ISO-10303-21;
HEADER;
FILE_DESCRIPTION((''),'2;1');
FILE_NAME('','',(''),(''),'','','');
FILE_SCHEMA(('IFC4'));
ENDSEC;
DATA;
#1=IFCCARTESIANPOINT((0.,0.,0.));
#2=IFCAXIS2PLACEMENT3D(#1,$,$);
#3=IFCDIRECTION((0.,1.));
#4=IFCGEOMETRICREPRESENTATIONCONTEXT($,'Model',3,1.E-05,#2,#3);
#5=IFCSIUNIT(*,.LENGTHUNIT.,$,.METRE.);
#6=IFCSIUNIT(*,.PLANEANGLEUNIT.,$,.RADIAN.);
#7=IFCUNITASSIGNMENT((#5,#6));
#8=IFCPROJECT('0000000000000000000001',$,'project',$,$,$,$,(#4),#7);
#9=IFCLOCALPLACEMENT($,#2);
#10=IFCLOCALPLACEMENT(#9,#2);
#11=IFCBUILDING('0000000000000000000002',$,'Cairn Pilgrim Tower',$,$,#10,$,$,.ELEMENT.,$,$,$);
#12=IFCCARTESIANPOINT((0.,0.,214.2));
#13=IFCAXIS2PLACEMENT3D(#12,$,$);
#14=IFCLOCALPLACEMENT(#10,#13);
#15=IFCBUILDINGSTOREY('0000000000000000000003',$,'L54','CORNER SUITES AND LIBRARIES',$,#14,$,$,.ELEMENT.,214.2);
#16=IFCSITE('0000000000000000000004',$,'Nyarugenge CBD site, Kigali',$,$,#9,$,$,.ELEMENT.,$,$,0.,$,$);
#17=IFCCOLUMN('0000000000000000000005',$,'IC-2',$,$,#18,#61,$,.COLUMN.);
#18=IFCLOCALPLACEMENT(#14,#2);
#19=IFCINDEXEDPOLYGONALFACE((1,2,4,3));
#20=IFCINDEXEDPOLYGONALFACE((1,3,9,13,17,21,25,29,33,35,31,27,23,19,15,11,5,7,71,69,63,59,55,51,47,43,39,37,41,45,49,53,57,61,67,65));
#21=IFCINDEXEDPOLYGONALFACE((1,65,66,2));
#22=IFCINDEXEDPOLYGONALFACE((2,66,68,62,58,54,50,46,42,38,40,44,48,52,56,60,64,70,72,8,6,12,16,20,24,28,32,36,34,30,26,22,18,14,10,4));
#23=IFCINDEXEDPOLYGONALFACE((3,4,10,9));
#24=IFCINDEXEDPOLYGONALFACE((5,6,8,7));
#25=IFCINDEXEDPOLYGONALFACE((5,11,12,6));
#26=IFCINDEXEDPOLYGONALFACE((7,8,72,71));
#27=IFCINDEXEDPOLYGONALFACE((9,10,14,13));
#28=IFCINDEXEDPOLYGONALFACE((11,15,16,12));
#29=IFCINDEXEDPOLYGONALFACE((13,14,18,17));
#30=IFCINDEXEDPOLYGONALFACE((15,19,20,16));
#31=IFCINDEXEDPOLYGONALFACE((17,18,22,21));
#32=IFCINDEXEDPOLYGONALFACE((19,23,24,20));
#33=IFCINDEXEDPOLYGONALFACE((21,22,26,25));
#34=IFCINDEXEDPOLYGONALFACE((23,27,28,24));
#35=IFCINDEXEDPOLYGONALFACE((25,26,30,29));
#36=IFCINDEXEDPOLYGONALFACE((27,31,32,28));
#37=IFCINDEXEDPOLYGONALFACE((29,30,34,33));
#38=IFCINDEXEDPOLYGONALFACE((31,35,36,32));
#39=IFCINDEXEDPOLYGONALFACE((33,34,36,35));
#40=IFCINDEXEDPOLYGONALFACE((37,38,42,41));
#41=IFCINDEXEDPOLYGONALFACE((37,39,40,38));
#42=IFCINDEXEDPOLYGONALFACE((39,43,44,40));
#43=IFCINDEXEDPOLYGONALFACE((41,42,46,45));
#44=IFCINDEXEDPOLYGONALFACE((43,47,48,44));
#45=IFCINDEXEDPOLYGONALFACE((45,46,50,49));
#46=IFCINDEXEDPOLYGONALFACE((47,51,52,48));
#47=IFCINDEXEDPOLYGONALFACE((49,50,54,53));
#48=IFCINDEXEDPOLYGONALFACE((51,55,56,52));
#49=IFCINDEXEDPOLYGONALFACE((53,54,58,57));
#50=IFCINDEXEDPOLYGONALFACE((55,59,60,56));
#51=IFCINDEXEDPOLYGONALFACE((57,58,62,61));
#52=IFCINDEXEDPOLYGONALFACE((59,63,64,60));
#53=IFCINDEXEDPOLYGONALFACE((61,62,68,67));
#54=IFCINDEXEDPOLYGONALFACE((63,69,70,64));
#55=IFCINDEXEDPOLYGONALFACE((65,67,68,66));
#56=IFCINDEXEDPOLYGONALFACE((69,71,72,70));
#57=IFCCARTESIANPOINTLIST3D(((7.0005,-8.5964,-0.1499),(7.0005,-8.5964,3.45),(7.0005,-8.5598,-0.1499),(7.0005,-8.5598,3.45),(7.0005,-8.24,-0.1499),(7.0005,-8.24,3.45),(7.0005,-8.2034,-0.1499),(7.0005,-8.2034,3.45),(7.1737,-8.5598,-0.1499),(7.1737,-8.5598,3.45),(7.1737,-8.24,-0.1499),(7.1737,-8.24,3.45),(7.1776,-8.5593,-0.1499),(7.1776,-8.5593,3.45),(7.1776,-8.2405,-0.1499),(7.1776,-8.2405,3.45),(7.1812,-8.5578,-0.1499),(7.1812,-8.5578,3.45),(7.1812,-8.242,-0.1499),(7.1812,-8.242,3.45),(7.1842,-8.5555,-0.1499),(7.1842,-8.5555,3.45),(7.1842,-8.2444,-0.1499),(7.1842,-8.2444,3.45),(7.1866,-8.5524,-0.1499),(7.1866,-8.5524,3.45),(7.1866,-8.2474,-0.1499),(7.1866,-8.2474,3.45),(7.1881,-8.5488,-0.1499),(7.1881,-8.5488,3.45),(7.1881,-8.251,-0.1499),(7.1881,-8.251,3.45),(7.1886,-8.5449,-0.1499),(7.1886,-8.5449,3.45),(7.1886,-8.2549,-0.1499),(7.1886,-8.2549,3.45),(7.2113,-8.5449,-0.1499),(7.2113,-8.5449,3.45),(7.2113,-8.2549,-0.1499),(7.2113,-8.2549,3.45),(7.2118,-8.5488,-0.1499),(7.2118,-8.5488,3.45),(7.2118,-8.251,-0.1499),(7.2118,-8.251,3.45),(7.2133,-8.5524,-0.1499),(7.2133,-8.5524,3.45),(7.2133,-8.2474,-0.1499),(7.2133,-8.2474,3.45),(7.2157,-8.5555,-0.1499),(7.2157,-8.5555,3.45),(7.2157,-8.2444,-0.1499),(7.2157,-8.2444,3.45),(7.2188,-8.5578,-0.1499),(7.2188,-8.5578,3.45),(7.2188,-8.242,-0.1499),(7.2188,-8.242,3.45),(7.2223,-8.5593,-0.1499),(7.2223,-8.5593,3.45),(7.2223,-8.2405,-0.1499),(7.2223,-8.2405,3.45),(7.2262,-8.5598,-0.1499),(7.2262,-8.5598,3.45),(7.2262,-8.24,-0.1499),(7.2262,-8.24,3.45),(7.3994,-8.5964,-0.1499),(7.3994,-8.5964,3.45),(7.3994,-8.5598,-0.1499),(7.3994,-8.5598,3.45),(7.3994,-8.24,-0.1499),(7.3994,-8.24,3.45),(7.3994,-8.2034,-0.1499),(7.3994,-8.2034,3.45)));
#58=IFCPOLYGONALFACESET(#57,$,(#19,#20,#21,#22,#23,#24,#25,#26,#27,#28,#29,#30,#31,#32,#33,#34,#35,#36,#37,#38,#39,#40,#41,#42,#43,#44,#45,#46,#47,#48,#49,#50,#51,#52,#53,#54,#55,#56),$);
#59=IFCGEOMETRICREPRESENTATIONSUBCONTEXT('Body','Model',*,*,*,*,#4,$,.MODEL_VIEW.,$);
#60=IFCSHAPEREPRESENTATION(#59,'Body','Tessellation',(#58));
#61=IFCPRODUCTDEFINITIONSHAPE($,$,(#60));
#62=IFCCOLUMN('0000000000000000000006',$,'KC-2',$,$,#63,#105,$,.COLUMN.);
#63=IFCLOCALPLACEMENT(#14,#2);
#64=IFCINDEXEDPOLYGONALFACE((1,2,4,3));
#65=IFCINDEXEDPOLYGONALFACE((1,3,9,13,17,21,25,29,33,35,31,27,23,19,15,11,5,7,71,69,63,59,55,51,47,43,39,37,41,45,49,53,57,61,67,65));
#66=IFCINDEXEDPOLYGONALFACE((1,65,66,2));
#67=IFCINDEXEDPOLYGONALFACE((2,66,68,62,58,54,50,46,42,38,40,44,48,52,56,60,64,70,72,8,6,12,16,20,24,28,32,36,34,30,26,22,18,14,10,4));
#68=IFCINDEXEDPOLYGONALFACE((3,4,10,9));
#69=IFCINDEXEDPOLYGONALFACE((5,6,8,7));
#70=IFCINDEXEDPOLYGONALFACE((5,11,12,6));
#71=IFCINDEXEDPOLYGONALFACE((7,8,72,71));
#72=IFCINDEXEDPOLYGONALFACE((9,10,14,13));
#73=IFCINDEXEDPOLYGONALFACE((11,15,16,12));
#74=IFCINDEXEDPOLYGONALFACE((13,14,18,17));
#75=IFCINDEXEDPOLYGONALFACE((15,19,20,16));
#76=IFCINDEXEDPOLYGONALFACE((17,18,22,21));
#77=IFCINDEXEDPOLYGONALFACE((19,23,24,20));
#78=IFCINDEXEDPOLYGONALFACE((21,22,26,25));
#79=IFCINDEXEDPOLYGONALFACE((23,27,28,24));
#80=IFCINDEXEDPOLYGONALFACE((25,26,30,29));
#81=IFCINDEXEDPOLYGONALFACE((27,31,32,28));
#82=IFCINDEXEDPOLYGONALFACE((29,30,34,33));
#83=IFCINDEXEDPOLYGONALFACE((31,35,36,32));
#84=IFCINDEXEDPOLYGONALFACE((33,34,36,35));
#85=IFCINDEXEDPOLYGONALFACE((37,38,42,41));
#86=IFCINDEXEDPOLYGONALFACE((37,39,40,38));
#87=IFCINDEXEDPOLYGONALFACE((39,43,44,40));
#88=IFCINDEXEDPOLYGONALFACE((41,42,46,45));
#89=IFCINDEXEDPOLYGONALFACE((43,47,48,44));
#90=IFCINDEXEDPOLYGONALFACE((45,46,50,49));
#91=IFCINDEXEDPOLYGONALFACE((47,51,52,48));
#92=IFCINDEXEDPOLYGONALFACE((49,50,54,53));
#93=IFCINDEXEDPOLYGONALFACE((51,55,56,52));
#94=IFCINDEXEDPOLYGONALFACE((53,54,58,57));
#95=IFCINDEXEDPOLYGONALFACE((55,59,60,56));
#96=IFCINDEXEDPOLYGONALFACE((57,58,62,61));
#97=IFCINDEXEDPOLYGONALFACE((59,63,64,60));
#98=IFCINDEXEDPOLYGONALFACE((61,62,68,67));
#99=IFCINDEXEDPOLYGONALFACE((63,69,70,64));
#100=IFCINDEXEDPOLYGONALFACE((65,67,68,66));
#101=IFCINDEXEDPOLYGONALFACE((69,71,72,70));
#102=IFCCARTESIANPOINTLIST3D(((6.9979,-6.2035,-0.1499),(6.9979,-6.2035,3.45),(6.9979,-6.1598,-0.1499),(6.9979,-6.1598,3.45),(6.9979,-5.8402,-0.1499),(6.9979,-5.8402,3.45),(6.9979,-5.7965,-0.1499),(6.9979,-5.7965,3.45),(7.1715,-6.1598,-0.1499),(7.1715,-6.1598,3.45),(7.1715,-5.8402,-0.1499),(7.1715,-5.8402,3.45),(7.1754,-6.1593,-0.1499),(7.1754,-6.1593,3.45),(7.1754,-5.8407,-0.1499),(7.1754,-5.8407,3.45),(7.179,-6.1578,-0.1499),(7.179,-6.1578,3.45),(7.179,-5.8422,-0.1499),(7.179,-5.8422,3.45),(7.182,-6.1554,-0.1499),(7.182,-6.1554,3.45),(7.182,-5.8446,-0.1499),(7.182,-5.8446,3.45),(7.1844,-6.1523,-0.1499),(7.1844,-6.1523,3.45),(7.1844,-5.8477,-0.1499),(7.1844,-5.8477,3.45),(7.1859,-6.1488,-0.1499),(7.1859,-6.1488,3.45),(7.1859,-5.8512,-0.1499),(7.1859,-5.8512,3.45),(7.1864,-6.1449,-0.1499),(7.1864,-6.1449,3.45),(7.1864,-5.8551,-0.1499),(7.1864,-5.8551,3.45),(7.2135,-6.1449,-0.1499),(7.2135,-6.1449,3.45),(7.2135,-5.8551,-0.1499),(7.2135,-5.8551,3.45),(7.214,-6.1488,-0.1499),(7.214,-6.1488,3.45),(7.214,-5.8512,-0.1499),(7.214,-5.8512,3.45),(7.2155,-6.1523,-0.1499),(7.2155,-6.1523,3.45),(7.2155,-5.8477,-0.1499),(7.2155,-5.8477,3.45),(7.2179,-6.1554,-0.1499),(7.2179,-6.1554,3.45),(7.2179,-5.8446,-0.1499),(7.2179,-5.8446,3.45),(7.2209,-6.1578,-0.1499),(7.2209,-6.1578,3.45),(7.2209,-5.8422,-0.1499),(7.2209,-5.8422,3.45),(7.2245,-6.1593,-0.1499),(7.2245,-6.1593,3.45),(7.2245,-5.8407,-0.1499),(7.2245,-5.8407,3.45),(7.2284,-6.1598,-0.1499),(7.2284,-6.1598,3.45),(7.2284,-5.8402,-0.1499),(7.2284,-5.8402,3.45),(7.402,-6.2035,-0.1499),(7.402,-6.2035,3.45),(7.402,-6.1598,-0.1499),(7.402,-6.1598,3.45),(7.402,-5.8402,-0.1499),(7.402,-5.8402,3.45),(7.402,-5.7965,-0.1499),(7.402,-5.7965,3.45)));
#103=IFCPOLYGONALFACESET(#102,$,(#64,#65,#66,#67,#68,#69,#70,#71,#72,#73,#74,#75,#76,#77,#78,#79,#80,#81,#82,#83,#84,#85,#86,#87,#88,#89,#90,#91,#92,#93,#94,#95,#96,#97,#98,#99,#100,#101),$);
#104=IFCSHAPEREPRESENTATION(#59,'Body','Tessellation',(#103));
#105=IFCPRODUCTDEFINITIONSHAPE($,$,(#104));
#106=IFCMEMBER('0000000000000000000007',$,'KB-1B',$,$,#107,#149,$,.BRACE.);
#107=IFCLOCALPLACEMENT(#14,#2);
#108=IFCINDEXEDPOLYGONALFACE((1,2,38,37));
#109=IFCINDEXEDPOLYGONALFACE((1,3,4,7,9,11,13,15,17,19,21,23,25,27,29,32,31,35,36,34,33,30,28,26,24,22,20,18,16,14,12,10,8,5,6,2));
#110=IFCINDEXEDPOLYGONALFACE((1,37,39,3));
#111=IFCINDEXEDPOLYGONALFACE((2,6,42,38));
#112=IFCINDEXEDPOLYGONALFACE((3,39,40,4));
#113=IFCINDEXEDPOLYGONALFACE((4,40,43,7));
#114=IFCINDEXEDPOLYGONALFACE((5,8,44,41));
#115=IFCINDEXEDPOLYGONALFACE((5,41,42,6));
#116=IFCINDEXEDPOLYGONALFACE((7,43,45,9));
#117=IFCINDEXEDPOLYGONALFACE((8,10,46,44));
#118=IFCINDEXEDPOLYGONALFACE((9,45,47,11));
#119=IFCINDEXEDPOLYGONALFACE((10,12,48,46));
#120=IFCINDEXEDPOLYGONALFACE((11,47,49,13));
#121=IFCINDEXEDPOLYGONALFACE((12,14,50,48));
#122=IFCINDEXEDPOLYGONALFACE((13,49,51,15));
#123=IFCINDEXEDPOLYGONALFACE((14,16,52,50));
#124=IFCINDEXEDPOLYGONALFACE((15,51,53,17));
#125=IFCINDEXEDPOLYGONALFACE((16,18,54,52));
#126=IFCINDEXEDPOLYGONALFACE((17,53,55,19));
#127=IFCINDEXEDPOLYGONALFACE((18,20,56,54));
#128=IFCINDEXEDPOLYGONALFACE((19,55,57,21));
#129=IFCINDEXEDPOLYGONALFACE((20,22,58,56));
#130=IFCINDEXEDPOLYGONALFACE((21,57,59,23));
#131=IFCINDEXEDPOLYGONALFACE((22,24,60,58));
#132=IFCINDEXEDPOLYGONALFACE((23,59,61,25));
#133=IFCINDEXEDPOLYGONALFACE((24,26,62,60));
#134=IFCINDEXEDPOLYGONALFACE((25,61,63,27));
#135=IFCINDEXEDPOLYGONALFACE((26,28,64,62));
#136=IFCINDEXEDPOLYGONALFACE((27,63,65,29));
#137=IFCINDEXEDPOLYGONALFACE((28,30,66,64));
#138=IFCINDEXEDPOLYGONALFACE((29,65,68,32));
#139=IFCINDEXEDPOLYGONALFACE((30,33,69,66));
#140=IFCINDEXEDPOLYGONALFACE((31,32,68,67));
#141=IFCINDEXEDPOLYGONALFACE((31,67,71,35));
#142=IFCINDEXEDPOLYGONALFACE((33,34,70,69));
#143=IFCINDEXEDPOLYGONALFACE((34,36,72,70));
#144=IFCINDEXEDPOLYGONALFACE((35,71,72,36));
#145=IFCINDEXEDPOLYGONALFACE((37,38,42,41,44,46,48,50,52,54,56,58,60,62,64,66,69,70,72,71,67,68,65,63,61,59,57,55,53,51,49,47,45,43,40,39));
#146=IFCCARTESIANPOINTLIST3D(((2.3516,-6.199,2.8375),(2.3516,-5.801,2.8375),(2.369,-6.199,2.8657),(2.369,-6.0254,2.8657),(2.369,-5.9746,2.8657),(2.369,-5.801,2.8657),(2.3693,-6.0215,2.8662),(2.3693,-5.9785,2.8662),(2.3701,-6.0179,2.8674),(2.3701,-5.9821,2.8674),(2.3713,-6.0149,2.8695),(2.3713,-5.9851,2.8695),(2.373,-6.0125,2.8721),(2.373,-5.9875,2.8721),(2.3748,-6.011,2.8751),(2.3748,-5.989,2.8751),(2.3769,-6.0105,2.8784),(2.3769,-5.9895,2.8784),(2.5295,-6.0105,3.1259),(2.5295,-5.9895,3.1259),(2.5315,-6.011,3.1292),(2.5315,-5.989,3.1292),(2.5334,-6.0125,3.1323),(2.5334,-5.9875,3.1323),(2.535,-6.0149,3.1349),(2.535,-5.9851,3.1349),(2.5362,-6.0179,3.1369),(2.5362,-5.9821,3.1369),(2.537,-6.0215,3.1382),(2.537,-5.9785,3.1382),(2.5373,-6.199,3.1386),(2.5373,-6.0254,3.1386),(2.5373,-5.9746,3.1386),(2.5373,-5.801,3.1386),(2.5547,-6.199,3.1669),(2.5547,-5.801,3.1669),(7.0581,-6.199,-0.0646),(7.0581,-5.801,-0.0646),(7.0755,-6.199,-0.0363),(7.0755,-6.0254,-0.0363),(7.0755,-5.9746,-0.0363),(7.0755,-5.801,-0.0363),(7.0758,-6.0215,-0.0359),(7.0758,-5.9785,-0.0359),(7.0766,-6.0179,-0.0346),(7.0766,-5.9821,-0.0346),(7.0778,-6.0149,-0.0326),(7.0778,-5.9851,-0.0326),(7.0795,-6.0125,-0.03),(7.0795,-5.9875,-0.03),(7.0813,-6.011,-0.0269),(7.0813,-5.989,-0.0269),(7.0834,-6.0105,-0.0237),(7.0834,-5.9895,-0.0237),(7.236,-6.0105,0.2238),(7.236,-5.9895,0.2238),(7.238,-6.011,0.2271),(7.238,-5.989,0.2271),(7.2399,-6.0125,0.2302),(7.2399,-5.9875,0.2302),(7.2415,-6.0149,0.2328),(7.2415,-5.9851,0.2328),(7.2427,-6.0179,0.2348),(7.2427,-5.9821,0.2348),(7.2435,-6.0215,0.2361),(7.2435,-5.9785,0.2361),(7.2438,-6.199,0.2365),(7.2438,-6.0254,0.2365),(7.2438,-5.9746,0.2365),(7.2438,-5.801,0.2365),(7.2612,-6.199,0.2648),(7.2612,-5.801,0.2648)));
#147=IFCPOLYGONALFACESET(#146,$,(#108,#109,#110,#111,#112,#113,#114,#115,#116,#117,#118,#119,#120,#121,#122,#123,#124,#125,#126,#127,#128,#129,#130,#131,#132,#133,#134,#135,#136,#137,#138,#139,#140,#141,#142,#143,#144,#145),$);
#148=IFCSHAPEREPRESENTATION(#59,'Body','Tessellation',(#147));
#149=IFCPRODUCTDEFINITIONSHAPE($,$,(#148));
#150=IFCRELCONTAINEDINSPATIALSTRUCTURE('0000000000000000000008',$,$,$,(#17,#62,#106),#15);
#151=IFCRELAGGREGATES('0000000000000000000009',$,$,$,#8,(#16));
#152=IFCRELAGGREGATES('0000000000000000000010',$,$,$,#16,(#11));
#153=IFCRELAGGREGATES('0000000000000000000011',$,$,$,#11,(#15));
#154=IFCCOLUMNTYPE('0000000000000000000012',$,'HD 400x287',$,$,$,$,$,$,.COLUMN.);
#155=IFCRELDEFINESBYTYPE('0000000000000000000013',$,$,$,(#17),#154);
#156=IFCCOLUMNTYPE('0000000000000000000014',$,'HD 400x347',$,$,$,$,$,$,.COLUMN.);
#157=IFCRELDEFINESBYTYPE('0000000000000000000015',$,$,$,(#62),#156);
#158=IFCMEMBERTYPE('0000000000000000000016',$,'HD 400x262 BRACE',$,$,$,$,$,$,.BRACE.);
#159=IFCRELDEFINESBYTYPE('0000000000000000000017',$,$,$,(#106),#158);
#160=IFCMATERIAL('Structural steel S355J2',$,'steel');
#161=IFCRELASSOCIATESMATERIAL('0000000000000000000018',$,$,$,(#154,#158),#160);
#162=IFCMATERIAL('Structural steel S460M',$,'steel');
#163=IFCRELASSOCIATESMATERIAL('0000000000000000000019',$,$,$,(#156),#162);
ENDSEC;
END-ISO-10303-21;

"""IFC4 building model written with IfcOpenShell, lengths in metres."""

from ifc_helpers import new_model, si_unit, direction, frame, origin, origin_2d, place, context, subcontext, project, spatial, i_section, extrude, material, material_profile, profile_set, type_object, element, save


model = new_model("IFC4")

# Units and contexts
model_context = context("Model", 3, precision=1e-05, world=origin(), true_north=direction((0.0, 1.0)))
body_context = subcontext(model_context, "Body", "Model", "MODEL_VIEW")
ifc_project = project(units=[si_unit("LENGTHUNIT", "METRE"), si_unit("PLANEANGLEUNIT", "RADIAN")], contexts=[model_context])

# Site, building, storey
site_placement = place(None, origin())
site = spatial("IfcSite", under=ifc_project, at=site_placement, Name="Nyarugenge CBD site, Kigali", CompositionType="ELEMENT", RefElevation=0.0)
building_placement = place(site_placement, origin())
building = spatial("IfcBuilding", under=site, at=building_placement, Name="Cairn Pilgrim Tower", CompositionType="ELEMENT")
storey_placement = place(building_placement, frame((0.0, 0.0, 214.2)))
storey = spatial("IfcBuildingStorey", under=building, at=storey_placement, Name="L54", Description="CORNER SUITES AND LIBRARIES", CompositionType="ELEMENT", Elevation=214.2)

# Columns
ifc_material_1 = material(Name="Structural steel S355J2", Category="steel")
ifc_material_profile_1 = material_profile(ifc_material_1, i_section(OverallWidth=0.3989, OverallDepth=0.3931, WebThickness=0.0227, FlangeThickness=0.0366, FilletRadius=0.0149, at=origin_2d()), Name="HD 400x287")
ifc_profile_set_1 = profile_set([ifc_material_profile_1], Name="Structural steel S355J2")
column_type_1 = type_object("IfcColumnType", Name="HD 400x287", PredefinedType="COLUMN", material=ifc_profile_set_1)
column_1_placement = place(storey_placement, frame((7.2, -8.3999, -0.1499), z_axis=(0.0, 0.0, 1.0), x_axis=(1.0, 0.0, 0.0)))
element("IfcColumn", 1, at=column_1_placement, inside=storey, type_object=column_type_1, Name="IC-2", PredefinedType="COLUMN", context=body_context, shape_type="SweptSolid", body=[
    extrude(i_section(OverallWidth=0.3989, OverallDepth=0.3931, WebThickness=0.0227, FlangeThickness=0.0366, FilletRadius=0.0149, at=origin_2d()), origin(), (0.0, 0.0, 1.0), 3.5999),
])
ifc_material_2 = material(Name="Structural steel S460M", Category="steel")
ifc_material_profile_2 = material_profile(ifc_material_2, i_section(OverallWidth=0.4041, OverallDepth=0.407, WebThickness=0.0271, FlangeThickness=0.0437, FilletRadius=0.0149, at=origin_2d()), Name="HD 400x347")
ifc_profile_set_2 = profile_set([ifc_material_profile_2], Name="Structural steel S460M")
column_type_2 = type_object("IfcColumnType", Name="HD 400x347", PredefinedType="COLUMN", material=ifc_profile_set_2)
column_2_placement = place(storey_placement, frame((7.2, -6.0, -0.1499), z_axis=(0.0, 0.0, 1.0), x_axis=(1.0, 0.0, 0.0)))
element("IfcColumn", 2, at=column_2_placement, inside=storey, type_object=column_type_2, Name="KC-2", PredefinedType="COLUMN", context=body_context, shape_type="SweptSolid", body=[
    extrude(i_section(OverallWidth=0.4041, OverallDepth=0.407, WebThickness=0.0271, FlangeThickness=0.0437, FilletRadius=0.0149, at=origin_2d()), origin(), (0.0, 0.0, 1.0), 3.5999),
])

# Member
ifc_material_profile_3 = material_profile(ifc_material_1, i_section(OverallWidth=0.3979, OverallDepth=0.387, WebThickness=0.021, FlangeThickness=0.0332, FilletRadius=0.0149, at=origin_2d()), Name="HD 400x262")
ifc_profile_set_3 = profile_set([ifc_material_profile_3], Name="Structural steel S355J2")
member_type = type_object("IfcMemberType", Name="HD 400x262 BRACE", PredefinedType="BRACE", material=ifc_profile_set_3)
member_placement = place(storey_placement, frame((7.1597, -6.0, 0.1001), z_axis=(-0.851193, 0.0, 0.524854), x_axis=(0.0, -1.0, 0.0)))
element("IfcMember", 3, at=member_placement, inside=storey, type_object=member_type, Name="KB-1B", PredefinedType="BRACE", context=body_context, shape_type="SweptSolid", body=[
    extrude(i_section(OverallWidth=0.3979, OverallDepth=0.387, WebThickness=0.021, FlangeThickness=0.0332, FilletRadius=0.0149, at=origin_2d()), origin(), (0.0, 0.0, 1.0), 5.5293),
])

save(model, "model.ifc")
